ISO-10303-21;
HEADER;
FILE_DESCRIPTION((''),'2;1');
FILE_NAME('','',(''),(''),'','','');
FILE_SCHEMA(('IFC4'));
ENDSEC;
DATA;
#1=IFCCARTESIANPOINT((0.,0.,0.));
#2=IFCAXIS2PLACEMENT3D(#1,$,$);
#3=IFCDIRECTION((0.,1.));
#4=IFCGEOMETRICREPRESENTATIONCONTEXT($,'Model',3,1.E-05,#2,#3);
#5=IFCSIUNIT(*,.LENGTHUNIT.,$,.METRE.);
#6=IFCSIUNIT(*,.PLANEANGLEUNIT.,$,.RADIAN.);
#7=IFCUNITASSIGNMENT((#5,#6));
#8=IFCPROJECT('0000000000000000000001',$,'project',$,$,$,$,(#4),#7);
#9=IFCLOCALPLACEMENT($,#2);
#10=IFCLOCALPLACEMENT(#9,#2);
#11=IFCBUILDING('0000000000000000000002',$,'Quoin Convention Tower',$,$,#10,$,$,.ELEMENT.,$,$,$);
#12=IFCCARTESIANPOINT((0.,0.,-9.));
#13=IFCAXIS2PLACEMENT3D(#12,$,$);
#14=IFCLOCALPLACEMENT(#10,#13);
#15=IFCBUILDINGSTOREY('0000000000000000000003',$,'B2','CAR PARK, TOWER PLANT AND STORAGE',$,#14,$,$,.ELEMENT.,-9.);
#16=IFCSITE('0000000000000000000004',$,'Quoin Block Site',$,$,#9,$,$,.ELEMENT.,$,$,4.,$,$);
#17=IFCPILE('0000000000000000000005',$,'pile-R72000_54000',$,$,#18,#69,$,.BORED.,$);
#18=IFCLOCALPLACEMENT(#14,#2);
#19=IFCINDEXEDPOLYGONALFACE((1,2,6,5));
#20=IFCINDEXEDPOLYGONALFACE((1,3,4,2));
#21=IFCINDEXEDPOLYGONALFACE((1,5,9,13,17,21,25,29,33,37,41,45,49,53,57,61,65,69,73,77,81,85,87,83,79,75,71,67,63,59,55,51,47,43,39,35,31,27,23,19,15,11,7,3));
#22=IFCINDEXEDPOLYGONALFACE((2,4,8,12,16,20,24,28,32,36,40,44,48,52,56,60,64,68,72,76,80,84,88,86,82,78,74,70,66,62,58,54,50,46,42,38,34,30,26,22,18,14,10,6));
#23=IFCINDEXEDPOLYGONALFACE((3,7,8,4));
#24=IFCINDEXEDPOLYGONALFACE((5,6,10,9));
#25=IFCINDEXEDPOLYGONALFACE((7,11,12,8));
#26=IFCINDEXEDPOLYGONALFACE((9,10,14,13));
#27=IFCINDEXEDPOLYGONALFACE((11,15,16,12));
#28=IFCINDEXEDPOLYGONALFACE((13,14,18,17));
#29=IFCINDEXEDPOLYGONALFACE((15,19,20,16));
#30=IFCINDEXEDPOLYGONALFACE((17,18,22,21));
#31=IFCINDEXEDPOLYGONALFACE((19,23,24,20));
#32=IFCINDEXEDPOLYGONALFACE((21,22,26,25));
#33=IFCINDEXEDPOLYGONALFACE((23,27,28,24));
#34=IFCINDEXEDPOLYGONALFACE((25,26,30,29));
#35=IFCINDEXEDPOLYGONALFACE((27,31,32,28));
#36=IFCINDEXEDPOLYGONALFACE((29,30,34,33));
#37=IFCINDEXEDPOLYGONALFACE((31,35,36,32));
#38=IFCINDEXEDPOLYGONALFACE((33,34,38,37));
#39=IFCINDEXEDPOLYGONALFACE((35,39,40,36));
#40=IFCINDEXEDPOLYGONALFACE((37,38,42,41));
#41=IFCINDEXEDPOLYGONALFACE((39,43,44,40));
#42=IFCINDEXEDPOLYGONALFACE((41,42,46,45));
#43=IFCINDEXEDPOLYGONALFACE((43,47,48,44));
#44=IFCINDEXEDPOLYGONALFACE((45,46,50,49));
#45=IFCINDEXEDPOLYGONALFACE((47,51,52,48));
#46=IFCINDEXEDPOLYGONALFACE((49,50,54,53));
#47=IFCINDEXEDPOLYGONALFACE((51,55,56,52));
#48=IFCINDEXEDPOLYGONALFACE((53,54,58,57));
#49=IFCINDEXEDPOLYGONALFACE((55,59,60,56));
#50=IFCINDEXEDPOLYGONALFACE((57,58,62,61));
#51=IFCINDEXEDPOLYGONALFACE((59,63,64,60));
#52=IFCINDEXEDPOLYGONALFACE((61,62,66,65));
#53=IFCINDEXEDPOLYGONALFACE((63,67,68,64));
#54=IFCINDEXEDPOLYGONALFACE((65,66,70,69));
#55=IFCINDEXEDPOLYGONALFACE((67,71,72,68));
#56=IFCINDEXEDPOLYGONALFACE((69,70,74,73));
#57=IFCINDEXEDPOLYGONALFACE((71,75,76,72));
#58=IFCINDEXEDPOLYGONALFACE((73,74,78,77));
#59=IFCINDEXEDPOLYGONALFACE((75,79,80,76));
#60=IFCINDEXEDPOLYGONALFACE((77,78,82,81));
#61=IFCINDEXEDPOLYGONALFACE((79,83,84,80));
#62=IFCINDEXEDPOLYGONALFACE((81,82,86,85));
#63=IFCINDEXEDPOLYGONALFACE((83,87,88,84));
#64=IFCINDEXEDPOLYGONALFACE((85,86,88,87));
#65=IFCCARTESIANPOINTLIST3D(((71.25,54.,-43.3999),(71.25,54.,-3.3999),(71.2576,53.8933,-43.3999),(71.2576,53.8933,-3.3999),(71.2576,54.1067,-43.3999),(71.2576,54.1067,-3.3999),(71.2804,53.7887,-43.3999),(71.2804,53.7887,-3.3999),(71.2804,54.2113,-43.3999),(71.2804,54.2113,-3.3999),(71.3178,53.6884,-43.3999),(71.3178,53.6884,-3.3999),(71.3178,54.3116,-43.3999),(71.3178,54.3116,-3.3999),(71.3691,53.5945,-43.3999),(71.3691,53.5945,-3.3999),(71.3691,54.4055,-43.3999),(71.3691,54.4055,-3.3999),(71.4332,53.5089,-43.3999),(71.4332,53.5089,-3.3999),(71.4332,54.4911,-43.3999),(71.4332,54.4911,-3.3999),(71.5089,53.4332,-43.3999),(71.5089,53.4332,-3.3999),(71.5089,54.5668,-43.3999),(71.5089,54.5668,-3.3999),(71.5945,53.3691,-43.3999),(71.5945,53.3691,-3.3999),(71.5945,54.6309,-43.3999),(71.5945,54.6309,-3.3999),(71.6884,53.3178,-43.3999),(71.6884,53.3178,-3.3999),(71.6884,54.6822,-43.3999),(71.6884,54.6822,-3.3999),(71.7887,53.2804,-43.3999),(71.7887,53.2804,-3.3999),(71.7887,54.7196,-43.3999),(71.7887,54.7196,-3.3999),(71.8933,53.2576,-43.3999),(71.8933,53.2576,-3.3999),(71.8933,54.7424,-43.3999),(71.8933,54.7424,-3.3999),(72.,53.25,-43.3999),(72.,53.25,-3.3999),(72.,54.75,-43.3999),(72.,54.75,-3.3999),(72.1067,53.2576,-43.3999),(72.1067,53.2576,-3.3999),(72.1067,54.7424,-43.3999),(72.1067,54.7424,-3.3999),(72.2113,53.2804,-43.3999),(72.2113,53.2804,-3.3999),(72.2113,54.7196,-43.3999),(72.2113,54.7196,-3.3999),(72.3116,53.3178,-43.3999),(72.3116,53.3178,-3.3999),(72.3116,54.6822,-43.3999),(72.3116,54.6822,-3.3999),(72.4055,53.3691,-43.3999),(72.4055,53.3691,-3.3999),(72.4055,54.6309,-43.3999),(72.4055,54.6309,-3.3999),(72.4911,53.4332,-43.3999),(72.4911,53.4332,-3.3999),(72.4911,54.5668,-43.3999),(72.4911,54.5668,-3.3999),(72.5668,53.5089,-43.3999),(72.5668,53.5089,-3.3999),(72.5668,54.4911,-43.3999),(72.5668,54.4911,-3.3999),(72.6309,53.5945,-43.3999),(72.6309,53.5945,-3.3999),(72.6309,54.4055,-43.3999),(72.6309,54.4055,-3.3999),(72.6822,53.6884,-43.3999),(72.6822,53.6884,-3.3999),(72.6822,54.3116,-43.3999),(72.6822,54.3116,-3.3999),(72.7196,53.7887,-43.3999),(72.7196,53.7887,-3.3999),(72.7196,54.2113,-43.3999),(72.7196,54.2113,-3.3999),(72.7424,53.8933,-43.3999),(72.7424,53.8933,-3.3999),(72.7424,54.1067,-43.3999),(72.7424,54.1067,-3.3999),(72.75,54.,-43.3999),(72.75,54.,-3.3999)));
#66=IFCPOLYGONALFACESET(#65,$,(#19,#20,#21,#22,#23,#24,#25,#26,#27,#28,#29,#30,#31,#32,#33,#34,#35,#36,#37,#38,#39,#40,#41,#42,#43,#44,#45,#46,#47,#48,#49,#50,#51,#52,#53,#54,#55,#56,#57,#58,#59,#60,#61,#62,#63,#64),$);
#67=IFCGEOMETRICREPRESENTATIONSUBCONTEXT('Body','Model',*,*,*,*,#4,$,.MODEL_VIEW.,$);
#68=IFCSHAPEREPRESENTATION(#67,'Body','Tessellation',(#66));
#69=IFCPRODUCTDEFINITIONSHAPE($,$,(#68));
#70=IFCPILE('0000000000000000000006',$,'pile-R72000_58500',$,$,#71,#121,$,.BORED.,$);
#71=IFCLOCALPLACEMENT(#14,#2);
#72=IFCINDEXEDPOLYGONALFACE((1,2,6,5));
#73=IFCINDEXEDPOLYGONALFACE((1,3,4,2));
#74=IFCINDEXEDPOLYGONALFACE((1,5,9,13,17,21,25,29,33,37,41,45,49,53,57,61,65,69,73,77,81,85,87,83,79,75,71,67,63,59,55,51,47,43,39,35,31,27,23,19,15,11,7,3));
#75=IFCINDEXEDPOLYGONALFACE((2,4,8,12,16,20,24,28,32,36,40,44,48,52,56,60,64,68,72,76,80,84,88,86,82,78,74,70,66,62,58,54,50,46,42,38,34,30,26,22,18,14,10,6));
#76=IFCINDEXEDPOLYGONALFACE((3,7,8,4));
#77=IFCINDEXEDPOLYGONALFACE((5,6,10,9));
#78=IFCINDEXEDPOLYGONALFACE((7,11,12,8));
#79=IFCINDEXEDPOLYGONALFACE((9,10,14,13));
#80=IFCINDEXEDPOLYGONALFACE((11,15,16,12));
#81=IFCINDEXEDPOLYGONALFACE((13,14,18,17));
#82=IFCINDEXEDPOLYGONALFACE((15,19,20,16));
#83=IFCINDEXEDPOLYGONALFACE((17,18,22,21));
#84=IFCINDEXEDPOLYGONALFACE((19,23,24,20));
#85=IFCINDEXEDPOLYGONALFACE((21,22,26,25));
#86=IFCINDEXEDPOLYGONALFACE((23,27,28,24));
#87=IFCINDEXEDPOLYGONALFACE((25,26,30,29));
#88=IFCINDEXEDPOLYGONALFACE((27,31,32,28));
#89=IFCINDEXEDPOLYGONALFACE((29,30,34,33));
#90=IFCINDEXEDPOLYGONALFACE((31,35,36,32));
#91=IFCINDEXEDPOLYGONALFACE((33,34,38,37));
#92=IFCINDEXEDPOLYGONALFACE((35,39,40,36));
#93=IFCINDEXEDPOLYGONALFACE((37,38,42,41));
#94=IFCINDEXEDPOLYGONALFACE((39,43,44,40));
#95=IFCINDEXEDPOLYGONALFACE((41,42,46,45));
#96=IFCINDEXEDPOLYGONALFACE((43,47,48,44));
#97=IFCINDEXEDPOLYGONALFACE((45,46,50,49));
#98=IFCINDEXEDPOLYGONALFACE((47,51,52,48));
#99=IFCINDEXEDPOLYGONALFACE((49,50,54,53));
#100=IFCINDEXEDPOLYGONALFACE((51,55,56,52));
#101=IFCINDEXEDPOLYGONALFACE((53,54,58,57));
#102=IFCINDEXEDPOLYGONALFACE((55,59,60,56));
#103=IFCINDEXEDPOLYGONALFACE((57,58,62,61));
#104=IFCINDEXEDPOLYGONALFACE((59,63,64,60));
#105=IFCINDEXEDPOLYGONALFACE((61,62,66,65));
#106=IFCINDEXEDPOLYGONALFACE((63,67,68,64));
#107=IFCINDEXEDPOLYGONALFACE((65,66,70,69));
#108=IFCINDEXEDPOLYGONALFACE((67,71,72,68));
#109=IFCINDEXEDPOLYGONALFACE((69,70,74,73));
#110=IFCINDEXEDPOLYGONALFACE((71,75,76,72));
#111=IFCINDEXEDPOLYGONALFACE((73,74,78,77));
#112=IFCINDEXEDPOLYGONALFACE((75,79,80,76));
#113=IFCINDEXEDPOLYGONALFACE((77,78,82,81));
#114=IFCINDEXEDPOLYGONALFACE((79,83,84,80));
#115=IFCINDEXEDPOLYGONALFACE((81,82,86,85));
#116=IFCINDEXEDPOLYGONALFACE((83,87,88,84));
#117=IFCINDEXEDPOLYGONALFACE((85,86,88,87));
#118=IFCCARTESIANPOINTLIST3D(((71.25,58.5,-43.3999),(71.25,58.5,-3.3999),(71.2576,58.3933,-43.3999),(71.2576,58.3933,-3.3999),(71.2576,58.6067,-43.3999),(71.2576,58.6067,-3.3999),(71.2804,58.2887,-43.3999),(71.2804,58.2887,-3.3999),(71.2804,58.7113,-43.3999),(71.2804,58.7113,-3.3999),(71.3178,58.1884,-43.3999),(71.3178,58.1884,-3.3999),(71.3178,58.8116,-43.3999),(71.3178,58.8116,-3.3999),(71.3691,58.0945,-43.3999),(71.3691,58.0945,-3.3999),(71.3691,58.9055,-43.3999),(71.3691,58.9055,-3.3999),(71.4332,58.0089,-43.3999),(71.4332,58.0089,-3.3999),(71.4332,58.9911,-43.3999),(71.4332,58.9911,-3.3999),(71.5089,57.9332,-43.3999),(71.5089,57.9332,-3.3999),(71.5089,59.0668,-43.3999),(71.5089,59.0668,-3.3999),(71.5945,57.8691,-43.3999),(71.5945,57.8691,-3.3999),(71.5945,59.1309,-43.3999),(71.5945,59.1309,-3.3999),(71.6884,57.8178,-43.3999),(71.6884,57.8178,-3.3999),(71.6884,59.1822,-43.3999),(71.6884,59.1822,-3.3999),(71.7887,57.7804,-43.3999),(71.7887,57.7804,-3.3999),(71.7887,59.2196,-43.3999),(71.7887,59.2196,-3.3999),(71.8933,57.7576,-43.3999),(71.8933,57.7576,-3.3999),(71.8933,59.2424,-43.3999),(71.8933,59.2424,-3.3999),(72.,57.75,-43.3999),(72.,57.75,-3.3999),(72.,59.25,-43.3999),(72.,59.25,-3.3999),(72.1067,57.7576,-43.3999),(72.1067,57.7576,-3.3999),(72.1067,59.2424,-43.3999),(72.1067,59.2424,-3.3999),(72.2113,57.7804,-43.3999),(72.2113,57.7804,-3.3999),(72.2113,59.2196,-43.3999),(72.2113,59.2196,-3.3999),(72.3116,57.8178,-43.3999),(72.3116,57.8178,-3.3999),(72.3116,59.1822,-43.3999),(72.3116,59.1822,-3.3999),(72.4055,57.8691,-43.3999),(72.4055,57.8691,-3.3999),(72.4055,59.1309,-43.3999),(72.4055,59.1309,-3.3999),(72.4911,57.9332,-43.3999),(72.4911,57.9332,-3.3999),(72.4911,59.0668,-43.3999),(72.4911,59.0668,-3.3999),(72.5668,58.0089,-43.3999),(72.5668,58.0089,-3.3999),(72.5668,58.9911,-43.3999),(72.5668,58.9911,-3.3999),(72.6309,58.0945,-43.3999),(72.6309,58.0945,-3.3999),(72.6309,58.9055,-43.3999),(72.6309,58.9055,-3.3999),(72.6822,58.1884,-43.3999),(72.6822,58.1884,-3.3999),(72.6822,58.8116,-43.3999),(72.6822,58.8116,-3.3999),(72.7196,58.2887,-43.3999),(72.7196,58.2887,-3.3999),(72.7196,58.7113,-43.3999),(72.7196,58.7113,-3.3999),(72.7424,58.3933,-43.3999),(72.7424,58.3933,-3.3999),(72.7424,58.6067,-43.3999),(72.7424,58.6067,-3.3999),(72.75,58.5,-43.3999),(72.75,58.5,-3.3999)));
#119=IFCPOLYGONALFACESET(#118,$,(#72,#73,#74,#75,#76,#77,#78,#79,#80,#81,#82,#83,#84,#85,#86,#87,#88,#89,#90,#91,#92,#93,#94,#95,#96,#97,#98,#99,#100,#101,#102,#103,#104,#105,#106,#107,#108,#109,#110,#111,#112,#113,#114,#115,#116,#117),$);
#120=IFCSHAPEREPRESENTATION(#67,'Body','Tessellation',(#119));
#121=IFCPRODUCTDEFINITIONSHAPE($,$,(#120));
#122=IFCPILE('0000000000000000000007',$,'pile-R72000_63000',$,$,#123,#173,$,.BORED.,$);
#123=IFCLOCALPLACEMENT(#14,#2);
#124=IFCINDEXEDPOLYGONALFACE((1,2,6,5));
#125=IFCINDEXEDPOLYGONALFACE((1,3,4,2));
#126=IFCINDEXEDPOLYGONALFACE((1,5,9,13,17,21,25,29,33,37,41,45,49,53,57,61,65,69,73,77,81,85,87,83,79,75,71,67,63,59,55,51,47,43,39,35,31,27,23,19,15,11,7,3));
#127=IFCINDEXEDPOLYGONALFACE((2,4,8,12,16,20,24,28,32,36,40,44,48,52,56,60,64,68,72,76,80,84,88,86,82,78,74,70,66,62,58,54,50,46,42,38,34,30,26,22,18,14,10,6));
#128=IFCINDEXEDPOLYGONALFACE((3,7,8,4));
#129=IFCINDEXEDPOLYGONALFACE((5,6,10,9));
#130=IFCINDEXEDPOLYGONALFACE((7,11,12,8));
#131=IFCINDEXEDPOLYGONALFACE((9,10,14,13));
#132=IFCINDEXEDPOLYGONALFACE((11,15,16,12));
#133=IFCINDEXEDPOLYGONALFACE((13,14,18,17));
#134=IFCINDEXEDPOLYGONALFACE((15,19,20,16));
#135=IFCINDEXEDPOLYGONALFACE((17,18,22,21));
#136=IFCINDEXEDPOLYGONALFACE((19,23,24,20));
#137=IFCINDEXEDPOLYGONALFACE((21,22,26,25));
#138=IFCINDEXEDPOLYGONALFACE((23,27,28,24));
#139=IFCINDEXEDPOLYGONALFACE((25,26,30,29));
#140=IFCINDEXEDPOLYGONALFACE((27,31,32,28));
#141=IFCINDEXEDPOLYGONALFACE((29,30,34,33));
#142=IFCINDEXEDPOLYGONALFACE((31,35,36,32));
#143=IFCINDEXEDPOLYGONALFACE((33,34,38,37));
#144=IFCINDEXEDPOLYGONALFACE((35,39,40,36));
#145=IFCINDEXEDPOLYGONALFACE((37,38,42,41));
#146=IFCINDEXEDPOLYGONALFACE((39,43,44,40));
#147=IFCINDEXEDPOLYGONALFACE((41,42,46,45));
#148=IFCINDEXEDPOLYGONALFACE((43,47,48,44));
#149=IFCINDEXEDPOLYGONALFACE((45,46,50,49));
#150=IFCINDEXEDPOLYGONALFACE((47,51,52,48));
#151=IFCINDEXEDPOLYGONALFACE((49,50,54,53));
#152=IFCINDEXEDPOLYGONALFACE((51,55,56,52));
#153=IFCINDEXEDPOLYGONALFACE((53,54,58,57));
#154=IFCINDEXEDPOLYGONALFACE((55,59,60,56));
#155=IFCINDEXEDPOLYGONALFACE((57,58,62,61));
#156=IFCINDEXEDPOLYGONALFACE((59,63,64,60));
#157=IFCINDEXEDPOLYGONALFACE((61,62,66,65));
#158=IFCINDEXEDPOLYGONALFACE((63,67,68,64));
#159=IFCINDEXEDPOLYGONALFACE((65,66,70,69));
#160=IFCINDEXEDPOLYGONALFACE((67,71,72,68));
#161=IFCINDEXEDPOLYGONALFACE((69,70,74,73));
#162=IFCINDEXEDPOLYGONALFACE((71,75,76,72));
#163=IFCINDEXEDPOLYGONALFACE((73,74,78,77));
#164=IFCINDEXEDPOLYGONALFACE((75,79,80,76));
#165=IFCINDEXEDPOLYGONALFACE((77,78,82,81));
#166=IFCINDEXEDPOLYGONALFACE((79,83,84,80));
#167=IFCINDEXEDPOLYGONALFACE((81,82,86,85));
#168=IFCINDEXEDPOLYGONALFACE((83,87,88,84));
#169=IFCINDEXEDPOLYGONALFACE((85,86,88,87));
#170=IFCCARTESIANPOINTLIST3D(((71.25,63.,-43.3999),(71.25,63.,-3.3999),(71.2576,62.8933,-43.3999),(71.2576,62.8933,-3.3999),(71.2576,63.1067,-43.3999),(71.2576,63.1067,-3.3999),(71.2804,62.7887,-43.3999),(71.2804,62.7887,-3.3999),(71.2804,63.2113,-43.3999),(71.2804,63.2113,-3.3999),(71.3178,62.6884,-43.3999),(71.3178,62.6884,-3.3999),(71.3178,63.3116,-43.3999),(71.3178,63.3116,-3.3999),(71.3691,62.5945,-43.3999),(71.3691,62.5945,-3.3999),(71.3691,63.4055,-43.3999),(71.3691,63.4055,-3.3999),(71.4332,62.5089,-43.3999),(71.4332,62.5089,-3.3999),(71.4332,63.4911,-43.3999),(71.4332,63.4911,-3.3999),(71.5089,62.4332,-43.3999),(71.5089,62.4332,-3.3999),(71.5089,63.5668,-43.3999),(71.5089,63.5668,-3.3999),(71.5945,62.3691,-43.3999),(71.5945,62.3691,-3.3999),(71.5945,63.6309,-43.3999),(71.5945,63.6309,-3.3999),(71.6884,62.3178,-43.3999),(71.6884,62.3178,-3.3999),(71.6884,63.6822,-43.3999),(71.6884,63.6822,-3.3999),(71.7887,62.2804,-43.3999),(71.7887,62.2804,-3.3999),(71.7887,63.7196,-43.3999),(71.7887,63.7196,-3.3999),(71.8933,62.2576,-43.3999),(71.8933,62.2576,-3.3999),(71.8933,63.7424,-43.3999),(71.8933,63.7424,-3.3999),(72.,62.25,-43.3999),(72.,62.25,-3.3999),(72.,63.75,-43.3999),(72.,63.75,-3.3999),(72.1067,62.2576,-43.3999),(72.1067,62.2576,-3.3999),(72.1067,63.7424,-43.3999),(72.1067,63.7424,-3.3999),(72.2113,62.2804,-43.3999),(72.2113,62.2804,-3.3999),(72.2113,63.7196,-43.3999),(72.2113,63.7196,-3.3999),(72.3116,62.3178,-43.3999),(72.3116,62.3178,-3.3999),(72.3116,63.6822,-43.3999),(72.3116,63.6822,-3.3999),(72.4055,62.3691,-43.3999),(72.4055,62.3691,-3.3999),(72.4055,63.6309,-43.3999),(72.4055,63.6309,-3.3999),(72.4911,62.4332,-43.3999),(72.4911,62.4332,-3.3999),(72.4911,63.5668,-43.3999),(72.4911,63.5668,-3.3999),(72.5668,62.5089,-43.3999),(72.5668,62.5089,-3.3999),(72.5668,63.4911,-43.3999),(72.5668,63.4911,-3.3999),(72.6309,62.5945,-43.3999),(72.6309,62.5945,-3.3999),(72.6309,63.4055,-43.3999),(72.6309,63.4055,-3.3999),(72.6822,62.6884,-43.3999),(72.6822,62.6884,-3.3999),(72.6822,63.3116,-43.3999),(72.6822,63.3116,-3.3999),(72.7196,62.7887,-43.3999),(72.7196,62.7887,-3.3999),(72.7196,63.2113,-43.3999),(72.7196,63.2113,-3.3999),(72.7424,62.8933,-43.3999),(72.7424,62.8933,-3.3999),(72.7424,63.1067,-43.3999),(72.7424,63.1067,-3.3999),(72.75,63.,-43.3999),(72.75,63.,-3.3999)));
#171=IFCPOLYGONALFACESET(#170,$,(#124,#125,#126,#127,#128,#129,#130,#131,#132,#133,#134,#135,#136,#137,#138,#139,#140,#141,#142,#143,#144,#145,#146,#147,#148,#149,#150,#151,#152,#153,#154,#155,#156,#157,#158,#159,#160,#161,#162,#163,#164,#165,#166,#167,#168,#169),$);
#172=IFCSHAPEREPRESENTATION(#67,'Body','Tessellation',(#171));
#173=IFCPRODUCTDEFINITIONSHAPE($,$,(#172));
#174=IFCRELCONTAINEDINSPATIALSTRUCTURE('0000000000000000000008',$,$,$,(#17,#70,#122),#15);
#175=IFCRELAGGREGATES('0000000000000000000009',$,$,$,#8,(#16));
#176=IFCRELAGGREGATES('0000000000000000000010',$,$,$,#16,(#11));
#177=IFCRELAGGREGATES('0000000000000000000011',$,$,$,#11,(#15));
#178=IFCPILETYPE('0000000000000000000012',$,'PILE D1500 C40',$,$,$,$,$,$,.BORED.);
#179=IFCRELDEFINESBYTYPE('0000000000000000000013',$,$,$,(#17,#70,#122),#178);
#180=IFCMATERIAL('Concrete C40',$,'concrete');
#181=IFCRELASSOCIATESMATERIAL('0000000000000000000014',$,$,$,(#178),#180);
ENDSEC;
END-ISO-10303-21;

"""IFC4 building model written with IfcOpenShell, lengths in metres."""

from ifc_helpers import new_model, si_unit, direction, frame, origin, origin_2d, place, context, subcontext, project, spatial, circle, extrude, material, material_profile, profile_set, type_object, element, save


model = new_model("IFC4")

# Units and contexts
model_context = context("Model", 3, precision=1e-05, world=origin(), true_north=direction((0.0, 1.0)))
body_context = subcontext(model_context, "Body", "Model", "MODEL_VIEW")
ifc_project = project(units=[si_unit("LENGTHUNIT", "METRE"), si_unit("PLANEANGLEUNIT", "RADIAN")], contexts=[model_context])

# Site, building, storey
site_placement = place(None, origin())
site = spatial("IfcSite", under=ifc_project, at=site_placement, Name="Quoin Block Site", CompositionType="ELEMENT", RefElevation=4.0)
building_placement = place(site_placement, origin())
building = spatial("IfcBuilding", under=site, at=building_placement, Name="Quoin Convention Tower", CompositionType="ELEMENT")
storey_placement = place(building_placement, frame((0.0, 0.0, -9.0)))
storey = spatial("IfcBuildingStorey", under=building, at=storey_placement, Name="B2", Description="CAR PARK, TOWER PLANT AND STORAGE", CompositionType="ELEMENT", Elevation=-9.0)

# Piles
ifc_material_1 = material(Name="Concrete C40", Category="concrete")
ifc_material_profile_1 = material_profile(ifc_material_1, circle(Radius=0.75, at=origin_2d()), Name="D1500")
ifc_profile_set_1 = profile_set([ifc_material_profile_1], Name="Concrete C40")
pile_type = type_object("IfcPileType", Name="PILE D1500 C40", PredefinedType="BORED", material=ifc_profile_set_1)
for number, where, z_axis, x_axis, name in (
    (1, (72.0, 54.0, -3.3999), (0.0, 0.0, -1.0), (1.0, 0.0, 0.0), "pile-R72000_54000"),
    (2, (72.0, 58.5, -3.3999), (0.0, 0.0, -1.0), (1.0, 0.0, 0.0), "pile-R72000_58500"),
    (3, (72.0, 63.0, -3.3999), (0.0, 0.0, -1.0), (1.0, 0.0, 0.0), "pile-R72000_63000"),
):
    element("IfcPile", number, at=place(storey_placement, frame(where, z_axis=z_axis, x_axis=x_axis)), inside=storey, type_object=pile_type, Name=name, PredefinedType="BORED", context=body_context, shape_type="SweptSolid", body=[
        extrude(circle(Radius=0.75, at=origin_2d()), origin(), (0.0, 0.0, 1.0), 40.0),
    ])

save(model, "model.ifc")
